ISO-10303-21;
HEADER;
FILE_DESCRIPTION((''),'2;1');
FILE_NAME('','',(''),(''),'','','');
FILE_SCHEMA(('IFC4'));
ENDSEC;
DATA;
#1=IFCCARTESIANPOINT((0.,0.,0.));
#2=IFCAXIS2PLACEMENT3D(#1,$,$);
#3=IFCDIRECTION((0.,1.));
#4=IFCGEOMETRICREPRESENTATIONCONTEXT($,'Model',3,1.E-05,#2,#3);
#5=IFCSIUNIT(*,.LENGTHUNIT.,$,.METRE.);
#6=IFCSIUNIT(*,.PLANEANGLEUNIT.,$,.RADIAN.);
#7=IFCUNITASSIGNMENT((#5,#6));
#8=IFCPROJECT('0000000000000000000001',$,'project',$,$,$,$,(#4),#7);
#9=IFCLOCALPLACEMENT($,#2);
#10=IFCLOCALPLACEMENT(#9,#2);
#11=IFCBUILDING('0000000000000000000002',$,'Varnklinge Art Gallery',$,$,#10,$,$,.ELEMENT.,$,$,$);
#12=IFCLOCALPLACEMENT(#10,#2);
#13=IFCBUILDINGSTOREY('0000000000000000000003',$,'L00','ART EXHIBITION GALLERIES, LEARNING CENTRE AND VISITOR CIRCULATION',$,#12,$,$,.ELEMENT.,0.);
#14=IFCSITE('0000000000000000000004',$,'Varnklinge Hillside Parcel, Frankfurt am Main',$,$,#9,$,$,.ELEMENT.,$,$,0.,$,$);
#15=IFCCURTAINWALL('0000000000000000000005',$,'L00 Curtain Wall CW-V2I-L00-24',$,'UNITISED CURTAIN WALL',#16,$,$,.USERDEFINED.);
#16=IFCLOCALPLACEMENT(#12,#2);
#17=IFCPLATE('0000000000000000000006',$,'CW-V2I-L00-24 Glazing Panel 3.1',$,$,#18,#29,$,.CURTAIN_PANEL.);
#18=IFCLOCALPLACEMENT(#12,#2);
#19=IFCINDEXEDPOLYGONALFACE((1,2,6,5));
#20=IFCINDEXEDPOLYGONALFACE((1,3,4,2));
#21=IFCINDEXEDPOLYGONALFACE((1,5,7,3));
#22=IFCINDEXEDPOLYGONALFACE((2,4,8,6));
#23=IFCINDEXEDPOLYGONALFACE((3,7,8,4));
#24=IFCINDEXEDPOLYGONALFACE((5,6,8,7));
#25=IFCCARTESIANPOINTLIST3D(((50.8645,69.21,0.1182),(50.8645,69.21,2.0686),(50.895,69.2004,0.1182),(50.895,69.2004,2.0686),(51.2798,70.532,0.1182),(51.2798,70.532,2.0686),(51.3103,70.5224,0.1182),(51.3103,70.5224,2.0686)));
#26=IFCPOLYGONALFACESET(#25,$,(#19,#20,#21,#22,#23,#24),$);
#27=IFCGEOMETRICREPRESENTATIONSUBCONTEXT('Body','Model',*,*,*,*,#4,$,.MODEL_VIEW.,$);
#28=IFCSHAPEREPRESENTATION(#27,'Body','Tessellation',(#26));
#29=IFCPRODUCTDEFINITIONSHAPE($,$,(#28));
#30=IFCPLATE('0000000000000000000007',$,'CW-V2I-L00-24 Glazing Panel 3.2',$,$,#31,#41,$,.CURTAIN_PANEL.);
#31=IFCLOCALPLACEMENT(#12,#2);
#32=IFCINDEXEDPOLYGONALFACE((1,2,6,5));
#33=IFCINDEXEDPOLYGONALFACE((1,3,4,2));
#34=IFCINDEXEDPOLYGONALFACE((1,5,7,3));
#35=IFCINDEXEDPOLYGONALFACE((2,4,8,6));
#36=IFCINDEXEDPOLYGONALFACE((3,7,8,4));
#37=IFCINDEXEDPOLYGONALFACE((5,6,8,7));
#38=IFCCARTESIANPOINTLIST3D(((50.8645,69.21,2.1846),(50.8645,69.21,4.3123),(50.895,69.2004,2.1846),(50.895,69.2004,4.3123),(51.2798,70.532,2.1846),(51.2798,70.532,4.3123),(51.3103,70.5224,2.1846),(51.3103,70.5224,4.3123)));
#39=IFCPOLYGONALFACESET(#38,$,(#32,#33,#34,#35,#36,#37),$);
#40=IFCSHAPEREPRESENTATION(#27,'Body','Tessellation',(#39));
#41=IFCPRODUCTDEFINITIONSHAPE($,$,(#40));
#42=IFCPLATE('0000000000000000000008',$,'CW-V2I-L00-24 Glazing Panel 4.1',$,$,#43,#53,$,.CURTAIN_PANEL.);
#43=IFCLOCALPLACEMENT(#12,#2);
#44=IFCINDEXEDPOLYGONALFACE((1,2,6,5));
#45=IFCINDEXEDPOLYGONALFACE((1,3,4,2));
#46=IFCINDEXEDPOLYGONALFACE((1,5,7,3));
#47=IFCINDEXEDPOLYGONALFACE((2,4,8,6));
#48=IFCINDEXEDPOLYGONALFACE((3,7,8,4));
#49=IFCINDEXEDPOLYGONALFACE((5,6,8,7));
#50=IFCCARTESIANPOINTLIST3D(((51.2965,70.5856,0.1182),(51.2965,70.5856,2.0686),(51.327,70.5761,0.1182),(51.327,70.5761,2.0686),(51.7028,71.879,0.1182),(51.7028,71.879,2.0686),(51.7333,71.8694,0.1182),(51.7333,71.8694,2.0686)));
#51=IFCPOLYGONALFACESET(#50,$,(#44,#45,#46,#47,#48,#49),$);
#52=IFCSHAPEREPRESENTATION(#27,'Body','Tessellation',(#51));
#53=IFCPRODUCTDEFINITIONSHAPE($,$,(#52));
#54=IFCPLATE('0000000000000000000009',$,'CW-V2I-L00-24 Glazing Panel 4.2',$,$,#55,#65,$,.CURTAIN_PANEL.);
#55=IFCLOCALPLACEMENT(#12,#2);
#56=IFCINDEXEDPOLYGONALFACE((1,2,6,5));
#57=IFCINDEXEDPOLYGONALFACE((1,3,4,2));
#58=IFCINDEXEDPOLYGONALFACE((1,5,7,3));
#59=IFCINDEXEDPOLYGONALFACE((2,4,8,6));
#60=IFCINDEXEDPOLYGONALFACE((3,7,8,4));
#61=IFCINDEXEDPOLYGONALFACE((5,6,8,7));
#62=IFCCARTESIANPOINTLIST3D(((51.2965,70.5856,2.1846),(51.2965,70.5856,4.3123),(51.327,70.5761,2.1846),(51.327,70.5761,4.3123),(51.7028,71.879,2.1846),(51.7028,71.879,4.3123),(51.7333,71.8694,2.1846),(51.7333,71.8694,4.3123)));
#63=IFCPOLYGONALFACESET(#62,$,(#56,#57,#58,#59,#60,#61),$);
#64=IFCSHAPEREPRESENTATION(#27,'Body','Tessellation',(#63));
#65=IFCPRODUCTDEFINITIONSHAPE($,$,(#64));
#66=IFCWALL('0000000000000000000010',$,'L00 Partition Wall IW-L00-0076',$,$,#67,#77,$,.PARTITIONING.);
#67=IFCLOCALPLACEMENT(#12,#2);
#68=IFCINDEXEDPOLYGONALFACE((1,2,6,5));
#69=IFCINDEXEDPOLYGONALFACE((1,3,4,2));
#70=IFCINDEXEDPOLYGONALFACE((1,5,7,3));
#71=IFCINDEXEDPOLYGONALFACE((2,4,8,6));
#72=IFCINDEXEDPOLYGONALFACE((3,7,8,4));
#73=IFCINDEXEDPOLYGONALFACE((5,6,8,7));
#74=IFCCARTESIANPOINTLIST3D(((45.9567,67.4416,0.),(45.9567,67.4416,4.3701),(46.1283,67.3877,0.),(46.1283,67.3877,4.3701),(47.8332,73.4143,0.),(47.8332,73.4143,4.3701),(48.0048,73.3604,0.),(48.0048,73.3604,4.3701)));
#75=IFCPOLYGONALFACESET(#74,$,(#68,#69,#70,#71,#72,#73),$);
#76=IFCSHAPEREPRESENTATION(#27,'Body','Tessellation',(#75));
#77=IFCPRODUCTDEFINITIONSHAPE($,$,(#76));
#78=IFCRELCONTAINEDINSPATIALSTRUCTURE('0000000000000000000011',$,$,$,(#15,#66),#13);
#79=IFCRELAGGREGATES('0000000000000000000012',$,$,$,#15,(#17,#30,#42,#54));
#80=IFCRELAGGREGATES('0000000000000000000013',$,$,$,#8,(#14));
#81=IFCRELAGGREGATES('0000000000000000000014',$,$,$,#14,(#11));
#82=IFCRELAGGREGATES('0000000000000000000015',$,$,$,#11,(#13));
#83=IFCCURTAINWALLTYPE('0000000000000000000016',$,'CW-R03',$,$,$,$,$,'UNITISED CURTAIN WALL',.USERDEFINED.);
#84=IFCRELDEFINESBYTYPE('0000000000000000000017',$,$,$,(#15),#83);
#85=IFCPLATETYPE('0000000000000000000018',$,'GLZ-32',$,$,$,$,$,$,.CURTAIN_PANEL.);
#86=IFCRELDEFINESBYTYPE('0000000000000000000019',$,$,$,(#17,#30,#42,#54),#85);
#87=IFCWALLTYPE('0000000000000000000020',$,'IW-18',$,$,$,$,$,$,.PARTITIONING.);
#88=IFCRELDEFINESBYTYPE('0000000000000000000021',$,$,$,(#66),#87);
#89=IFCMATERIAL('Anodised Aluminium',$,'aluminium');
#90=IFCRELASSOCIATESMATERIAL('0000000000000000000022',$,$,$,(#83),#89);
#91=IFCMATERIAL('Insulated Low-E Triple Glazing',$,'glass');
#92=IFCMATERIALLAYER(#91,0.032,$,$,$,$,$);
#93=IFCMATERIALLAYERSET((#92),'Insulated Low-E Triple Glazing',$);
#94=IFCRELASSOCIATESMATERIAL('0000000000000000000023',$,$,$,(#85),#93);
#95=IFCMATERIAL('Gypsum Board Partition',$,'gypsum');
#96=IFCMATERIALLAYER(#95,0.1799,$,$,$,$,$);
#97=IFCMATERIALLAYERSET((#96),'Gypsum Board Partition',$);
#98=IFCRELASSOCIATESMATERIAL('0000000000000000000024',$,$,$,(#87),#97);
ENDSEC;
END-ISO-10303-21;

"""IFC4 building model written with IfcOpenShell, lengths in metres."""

from ifc_helpers import new_model, si_unit, direction, frame, frame_2d, origin, origin_2d, place, context, subcontext, project, spatial, rectangle, extrude, material, layer, layer_set, type_object, element, aggregate, save


model = new_model("IFC4")

# Units and contexts
model_context = context("Model", 3, precision=1e-05, world=origin(), true_north=direction((0.0, 1.0)))
body_context = subcontext(model_context, "Body", "Model", "MODEL_VIEW")
ifc_project = project(units=[si_unit("LENGTHUNIT", "METRE"), si_unit("PLANEANGLEUNIT", "RADIAN")], contexts=[model_context])

# Site, building, storey
site_placement = place(None, origin())
site = spatial("IfcSite", under=ifc_project, at=site_placement, Name="Varnklinge Hillside Parcel, Frankfurt am Main", CompositionType="ELEMENT", RefElevation=0.0)
building_placement = place(site_placement, origin())
building = spatial("IfcBuilding", under=site, at=building_placement, Name="Varnklinge Art Gallery", CompositionType="ELEMENT")
storey_placement = place(building_placement, origin())
storey = spatial("IfcBuildingStorey", under=building, at=storey_placement, Name="L00", Description="ART EXHIBITION GALLERIES, LEARNING CENTRE AND VISITOR CIRCULATION", CompositionType="ELEMENT", Elevation=0.0)

# Curtain wall
ifc_material_1 = material(Name="Anodised Aluminium", Category="aluminium")
curtain_wall_type = type_object("IfcCurtainWallType", Name="CW-R03", ElementType="UNITISED CURTAIN WALL", PredefinedType="USERDEFINED", material=ifc_material_1)
curtain_wall_1_placement = place(storey_placement, origin())
curtain_wall_1 = element("IfcCurtainWall", 1, at=curtain_wall_1_placement, inside=storey, type_object=curtain_wall_type, Name="L00 Curtain Wall CW-V2I-L00-24", ObjectType="UNITISED CURTAIN WALL", PredefinedType="USERDEFINED")

# Plates
ifc_material_2 = material(Name="Insulated Low-E Triple Glazing", Category="glass")
ifc_layer_1 = layer(ifc_material_2, 0.032)
ifc_layer_set_1 = layer_set([ifc_layer_1], Name="Insulated Low-E Triple Glazing")
plate_type = type_object("IfcPlateType", Name="GLZ-32", PredefinedType="CURTAIN_PANEL", material=ifc_layer_set_1)
plate_1_placement = place(storey_placement, frame((51.0874, 69.8662, 0.1182), z_axis=(0.0, 0.0, 1.0), x_axis=(0.299707, 0.954031, 0.0)))
plate_1 = element("IfcPlate", 2, at=plate_1_placement, type_object=plate_type, Name="CW-V2I-L00-24 Glazing Panel 3.1", PredefinedType="CURTAIN_PANEL", context=body_context, shape_type="SweptSolid", body=[
    extrude(rectangle(XDim=1.3857, YDim=0.032, at=origin_2d()), origin(), (0.0, 0.0, 1.0), 1.9504),
])
plate_2_placement = place(storey_placement, frame((51.0874, 69.8662, 2.1846), z_axis=(0.0, 0.0, 1.0), x_axis=(0.299707, 0.954031, 0.0)))
plate_2 = element("IfcPlate", 3, at=plate_2_placement, type_object=plate_type, Name="CW-V2I-L00-24 Glazing Panel 3.2", PredefinedType="CURTAIN_PANEL", context=body_context, shape_type="SweptSolid", body=[
    extrude(rectangle(XDim=1.3857, YDim=0.032, at=origin_2d()), origin(), (0.0, 0.0, 1.0), 2.1277),
])
plate_3_placement = place(storey_placement, frame((51.5149, 71.2275, 0.1182), z_axis=(0.0, 0.0, 1.0), x_axis=(0.299707, 0.954031, 0.0)))
plate_3 = element("IfcPlate", 4, at=plate_3_placement, type_object=plate_type, Name="CW-V2I-L00-24 Glazing Panel 4.1", PredefinedType="CURTAIN_PANEL", context=body_context, shape_type="SweptSolid", body=[
    extrude(rectangle(XDim=1.3557, YDim=0.032, at=origin_2d()), origin(), (0.0, 0.0, 1.0), 1.9504),
])
plate_4_placement = place(storey_placement, frame((51.5149, 71.2275, 2.1846), z_axis=(0.0, 0.0, 1.0), x_axis=(0.299707, 0.954031, 0.0)))
plate_4 = element("IfcPlate", 5, at=plate_4_placement, type_object=plate_type, Name="CW-V2I-L00-24 Glazing Panel 4.2", PredefinedType="CURTAIN_PANEL", context=body_context, shape_type="SweptSolid", body=[
    extrude(rectangle(XDim=1.3557, YDim=0.032, at=origin_2d()), origin(), (0.0, 0.0, 1.0), 2.1277),
])
aggregate(curtain_wall_1, [plate_1, plate_2, plate_3, plate_4])

# Wall
ifc_material_3 = material(Name="Gypsum Board Partition", Category="gypsum")
ifc_layer_2 = layer(ifc_material_3, 0.1799)
ifc_layer_set_2 = layer_set([ifc_layer_2], Name="Gypsum Board Partition")
wall_type = type_object("IfcWallType", Name="IW-18", PredefinedType="PARTITIONING", material=ifc_layer_set_2)
wall_placement = place(storey_placement, frame((46.0425, 67.4146, 0.0), z_axis=(0.0, 0.0, 1.0), x_axis=(0.299731, 0.954024, 0.0)))
element("IfcWall", 6, at=wall_placement, inside=storey, type_object=wall_type, Name="L00 Partition Wall IW-L00-0076", PredefinedType="PARTITIONING", context=body_context, shape_type="SweptSolid", body=[
    extrude(rectangle(XDim=6.2605, YDim=0.1799, at=frame_2d((3.1304, 0.0))), origin(), (0.0, 0.0, 1.0), 4.3701),
])

save(model, "model.ifc")
